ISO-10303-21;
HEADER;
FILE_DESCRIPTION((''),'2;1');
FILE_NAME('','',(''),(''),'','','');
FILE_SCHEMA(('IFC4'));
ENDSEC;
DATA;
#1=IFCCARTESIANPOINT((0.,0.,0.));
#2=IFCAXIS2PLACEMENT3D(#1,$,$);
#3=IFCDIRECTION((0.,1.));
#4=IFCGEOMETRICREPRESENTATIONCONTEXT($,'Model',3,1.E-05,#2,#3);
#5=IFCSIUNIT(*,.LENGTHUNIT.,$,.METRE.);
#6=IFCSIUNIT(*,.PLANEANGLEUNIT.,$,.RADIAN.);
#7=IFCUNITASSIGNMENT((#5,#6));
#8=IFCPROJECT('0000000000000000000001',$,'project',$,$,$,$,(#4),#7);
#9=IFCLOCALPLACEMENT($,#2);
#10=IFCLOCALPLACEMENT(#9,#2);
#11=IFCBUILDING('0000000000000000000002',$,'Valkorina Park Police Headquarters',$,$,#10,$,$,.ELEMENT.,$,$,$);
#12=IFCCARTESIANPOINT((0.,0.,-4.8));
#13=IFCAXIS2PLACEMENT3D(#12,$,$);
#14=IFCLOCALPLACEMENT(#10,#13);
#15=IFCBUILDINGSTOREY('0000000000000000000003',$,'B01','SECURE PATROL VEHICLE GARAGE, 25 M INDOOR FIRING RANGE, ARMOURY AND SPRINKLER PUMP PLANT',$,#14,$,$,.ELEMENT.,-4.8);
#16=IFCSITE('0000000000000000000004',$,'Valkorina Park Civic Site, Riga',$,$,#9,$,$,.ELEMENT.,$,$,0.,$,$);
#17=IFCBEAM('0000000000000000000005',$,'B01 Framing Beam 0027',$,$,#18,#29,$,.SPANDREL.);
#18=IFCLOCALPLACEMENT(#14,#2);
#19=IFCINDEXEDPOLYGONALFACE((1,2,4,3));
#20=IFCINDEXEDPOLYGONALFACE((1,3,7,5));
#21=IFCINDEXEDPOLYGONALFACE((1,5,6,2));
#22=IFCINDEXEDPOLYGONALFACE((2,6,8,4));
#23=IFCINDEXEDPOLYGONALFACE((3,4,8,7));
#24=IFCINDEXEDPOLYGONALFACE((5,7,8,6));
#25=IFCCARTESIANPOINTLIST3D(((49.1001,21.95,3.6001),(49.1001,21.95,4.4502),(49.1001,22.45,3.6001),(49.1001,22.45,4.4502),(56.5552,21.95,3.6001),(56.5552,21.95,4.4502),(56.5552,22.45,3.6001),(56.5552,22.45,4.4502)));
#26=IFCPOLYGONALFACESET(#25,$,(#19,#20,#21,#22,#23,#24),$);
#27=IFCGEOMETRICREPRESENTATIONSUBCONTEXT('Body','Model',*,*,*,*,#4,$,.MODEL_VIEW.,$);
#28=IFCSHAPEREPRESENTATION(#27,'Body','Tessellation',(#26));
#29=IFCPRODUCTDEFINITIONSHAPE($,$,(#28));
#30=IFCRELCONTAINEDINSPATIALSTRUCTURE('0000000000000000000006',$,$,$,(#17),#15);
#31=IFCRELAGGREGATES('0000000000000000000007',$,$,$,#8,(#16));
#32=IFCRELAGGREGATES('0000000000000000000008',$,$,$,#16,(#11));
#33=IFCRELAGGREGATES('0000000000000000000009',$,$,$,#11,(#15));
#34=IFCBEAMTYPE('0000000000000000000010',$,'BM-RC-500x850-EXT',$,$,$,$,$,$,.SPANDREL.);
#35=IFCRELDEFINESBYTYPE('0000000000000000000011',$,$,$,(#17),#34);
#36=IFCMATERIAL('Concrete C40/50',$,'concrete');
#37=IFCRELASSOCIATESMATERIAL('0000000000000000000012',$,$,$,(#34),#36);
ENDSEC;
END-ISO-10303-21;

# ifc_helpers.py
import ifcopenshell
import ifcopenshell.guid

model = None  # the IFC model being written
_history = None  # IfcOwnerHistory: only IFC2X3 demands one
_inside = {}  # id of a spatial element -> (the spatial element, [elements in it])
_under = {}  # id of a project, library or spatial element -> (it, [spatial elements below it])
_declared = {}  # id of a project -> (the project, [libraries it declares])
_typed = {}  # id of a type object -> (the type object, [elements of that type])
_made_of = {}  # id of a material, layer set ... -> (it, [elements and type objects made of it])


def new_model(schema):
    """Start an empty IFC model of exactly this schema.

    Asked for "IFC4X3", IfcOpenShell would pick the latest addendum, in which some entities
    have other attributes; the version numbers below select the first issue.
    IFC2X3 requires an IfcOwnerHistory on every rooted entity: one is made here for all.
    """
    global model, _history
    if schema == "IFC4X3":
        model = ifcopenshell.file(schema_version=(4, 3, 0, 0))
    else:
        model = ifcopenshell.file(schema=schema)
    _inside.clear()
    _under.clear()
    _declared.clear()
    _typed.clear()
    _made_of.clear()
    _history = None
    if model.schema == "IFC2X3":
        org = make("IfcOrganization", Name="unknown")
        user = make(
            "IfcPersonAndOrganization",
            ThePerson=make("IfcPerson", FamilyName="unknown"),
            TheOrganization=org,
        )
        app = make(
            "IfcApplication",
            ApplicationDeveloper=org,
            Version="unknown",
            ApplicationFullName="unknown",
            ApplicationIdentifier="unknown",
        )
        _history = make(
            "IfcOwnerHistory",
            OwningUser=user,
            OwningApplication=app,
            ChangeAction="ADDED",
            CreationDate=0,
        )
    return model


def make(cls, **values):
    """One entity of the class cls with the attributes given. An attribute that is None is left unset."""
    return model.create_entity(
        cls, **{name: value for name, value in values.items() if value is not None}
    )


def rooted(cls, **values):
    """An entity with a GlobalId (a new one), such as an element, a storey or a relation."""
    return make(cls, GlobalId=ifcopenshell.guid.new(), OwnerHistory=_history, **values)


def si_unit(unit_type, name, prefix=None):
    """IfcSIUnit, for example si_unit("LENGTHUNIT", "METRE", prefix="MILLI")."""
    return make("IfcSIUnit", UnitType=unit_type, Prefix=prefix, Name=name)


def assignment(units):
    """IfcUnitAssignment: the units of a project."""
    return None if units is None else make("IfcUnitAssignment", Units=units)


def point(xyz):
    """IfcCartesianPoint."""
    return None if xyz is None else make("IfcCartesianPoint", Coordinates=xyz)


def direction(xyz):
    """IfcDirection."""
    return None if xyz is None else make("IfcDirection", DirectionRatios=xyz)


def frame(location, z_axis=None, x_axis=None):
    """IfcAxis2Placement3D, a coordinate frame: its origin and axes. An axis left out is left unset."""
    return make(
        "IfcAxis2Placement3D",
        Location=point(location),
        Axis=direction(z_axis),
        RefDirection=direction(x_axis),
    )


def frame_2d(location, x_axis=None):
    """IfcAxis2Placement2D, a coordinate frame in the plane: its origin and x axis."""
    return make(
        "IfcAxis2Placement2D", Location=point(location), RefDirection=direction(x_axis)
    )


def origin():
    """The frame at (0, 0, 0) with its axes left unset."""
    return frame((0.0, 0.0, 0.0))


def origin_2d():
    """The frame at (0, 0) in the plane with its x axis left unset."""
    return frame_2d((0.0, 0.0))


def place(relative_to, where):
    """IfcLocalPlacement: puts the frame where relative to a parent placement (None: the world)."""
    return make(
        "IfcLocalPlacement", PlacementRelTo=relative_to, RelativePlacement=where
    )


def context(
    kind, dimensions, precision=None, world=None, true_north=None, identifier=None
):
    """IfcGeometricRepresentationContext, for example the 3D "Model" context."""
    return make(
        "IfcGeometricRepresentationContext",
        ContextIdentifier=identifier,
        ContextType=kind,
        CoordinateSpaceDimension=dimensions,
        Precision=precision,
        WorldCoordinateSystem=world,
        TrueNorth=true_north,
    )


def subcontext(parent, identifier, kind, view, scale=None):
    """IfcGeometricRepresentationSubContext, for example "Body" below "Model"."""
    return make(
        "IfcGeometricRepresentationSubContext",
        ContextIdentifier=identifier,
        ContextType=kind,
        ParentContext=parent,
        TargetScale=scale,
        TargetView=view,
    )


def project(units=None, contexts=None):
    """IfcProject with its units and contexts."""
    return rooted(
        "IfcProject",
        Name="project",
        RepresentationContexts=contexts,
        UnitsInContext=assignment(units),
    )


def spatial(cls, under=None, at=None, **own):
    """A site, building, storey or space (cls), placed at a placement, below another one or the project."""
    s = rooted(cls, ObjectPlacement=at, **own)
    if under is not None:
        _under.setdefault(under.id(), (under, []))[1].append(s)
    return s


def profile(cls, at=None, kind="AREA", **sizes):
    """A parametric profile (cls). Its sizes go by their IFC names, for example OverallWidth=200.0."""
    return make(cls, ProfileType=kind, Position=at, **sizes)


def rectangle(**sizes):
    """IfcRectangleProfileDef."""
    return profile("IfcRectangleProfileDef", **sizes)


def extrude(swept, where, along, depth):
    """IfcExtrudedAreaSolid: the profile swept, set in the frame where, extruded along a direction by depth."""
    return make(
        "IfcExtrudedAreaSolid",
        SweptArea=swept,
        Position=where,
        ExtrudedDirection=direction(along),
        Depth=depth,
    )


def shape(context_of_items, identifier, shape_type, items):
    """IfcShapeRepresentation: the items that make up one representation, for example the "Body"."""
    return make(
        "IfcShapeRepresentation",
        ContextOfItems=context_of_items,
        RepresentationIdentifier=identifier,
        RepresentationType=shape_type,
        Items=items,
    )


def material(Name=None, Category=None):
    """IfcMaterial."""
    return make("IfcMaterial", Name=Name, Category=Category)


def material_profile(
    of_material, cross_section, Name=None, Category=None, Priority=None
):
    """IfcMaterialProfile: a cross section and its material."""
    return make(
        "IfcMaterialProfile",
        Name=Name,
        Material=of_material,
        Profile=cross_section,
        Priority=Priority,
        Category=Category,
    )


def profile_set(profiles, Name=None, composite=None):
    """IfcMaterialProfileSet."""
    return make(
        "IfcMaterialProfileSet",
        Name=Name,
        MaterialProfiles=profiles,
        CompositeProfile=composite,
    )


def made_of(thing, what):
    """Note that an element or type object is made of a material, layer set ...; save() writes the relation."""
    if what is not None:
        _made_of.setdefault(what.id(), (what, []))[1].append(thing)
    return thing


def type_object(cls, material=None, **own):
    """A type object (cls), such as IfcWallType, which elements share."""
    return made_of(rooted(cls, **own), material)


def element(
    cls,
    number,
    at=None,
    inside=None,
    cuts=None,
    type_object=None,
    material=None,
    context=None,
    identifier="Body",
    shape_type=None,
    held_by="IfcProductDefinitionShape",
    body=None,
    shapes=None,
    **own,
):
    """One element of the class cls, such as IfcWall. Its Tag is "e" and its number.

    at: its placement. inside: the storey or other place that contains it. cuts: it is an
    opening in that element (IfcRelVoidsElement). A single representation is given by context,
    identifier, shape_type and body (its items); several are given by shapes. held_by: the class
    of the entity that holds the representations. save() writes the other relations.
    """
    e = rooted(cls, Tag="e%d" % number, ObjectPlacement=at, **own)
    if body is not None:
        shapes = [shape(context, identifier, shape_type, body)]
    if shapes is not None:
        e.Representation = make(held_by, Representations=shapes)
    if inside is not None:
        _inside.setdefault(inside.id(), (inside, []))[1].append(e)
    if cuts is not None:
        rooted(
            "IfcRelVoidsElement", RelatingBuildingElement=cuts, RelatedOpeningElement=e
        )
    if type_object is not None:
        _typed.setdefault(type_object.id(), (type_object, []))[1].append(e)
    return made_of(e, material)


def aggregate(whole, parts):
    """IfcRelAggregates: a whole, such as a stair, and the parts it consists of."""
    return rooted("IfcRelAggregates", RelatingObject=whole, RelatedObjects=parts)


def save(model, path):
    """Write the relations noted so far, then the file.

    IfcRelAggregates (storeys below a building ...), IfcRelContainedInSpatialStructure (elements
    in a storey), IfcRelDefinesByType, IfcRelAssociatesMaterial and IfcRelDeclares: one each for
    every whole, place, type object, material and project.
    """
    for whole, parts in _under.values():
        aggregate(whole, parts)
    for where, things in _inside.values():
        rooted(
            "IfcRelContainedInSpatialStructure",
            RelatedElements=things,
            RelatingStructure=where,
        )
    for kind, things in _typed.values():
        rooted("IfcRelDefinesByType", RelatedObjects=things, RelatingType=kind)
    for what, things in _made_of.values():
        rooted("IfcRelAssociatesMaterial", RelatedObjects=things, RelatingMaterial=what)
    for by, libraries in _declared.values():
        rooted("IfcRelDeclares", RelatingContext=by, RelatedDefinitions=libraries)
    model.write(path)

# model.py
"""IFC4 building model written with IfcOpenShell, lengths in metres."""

from ifc_helpers import new_model, si_unit, direction, frame, origin, origin_2d, place, context, subcontext, project, spatial, rectangle, extrude, material, material_profile, profile_set, type_object, element, save


model = new_model("IFC4")

# Units and contexts
model_context = context("Model", 3, precision=1e-05, world=origin(), true_north=direction((0.0, 1.0)))
body_context = subcontext(model_context, "Body", "Model", "MODEL_VIEW")
ifc_project = project(units=[si_unit("LENGTHUNIT", "METRE"), si_unit("PLANEANGLEUNIT", "RADIAN")], contexts=[model_context])

# Site, building, storey
site_placement = place(None, origin())
site = spatial("IfcSite", under=ifc_project, at=site_placement, Name="Valkorina Park Civic Site, Riga", CompositionType="ELEMENT", RefElevation=0.0)
building_placement = place(site_placement, origin())
building = spatial("IfcBuilding", under=site, at=building_placement, Name="Valkorina Park Police Headquarters", CompositionType="ELEMENT")
storey_placement = place(building_placement, frame((0.0, 0.0, -4.8)))
storey = spatial("IfcBuildingStorey", under=building, at=storey_placement, Name="B01", Description="SECURE PATROL VEHICLE GARAGE, 25 M INDOOR FIRING RANGE, ARMOURY AND SPRINKLER PUMP PLANT", CompositionType="ELEMENT", Elevation=-4.8)

# Shared definitions
ifc_material_1 = material(Name="Concrete C40/50", Category="concrete")

# Beam
ifc_material_profile_1 = material_profile(ifc_material_1, rectangle(XDim=0.5, YDim=0.8501, at=origin_2d()), Name="RC BEAM 500x850")
ifc_profile_set_1 = profile_set([ifc_material_profile_1], Name="Concrete C40/50")
beam_type = type_object("IfcBeamType", Name="BM-RC-500x850-EXT", PredefinedType="SPANDREL", material=ifc_profile_set_1)
beam_placement = place(storey_placement, frame((49.1001, 22.2, 4.0251), z_axis=(1.0, 0.0, 0.0), x_axis=(0.0, 1.0, 0.0)))
element("IfcBeam", 1, at=beam_placement, inside=storey, type_object=beam_type, Name="B01 Framing Beam 0027", PredefinedType="SPANDREL", context=body_context, shape_type="SweptSolid", body=[
    extrude(rectangle(XDim=0.5, YDim=0.8501, at=origin_2d()), origin(), (0.0, 0.0, 1.0), 7.4551),
])

save(model, "model.ifc")
